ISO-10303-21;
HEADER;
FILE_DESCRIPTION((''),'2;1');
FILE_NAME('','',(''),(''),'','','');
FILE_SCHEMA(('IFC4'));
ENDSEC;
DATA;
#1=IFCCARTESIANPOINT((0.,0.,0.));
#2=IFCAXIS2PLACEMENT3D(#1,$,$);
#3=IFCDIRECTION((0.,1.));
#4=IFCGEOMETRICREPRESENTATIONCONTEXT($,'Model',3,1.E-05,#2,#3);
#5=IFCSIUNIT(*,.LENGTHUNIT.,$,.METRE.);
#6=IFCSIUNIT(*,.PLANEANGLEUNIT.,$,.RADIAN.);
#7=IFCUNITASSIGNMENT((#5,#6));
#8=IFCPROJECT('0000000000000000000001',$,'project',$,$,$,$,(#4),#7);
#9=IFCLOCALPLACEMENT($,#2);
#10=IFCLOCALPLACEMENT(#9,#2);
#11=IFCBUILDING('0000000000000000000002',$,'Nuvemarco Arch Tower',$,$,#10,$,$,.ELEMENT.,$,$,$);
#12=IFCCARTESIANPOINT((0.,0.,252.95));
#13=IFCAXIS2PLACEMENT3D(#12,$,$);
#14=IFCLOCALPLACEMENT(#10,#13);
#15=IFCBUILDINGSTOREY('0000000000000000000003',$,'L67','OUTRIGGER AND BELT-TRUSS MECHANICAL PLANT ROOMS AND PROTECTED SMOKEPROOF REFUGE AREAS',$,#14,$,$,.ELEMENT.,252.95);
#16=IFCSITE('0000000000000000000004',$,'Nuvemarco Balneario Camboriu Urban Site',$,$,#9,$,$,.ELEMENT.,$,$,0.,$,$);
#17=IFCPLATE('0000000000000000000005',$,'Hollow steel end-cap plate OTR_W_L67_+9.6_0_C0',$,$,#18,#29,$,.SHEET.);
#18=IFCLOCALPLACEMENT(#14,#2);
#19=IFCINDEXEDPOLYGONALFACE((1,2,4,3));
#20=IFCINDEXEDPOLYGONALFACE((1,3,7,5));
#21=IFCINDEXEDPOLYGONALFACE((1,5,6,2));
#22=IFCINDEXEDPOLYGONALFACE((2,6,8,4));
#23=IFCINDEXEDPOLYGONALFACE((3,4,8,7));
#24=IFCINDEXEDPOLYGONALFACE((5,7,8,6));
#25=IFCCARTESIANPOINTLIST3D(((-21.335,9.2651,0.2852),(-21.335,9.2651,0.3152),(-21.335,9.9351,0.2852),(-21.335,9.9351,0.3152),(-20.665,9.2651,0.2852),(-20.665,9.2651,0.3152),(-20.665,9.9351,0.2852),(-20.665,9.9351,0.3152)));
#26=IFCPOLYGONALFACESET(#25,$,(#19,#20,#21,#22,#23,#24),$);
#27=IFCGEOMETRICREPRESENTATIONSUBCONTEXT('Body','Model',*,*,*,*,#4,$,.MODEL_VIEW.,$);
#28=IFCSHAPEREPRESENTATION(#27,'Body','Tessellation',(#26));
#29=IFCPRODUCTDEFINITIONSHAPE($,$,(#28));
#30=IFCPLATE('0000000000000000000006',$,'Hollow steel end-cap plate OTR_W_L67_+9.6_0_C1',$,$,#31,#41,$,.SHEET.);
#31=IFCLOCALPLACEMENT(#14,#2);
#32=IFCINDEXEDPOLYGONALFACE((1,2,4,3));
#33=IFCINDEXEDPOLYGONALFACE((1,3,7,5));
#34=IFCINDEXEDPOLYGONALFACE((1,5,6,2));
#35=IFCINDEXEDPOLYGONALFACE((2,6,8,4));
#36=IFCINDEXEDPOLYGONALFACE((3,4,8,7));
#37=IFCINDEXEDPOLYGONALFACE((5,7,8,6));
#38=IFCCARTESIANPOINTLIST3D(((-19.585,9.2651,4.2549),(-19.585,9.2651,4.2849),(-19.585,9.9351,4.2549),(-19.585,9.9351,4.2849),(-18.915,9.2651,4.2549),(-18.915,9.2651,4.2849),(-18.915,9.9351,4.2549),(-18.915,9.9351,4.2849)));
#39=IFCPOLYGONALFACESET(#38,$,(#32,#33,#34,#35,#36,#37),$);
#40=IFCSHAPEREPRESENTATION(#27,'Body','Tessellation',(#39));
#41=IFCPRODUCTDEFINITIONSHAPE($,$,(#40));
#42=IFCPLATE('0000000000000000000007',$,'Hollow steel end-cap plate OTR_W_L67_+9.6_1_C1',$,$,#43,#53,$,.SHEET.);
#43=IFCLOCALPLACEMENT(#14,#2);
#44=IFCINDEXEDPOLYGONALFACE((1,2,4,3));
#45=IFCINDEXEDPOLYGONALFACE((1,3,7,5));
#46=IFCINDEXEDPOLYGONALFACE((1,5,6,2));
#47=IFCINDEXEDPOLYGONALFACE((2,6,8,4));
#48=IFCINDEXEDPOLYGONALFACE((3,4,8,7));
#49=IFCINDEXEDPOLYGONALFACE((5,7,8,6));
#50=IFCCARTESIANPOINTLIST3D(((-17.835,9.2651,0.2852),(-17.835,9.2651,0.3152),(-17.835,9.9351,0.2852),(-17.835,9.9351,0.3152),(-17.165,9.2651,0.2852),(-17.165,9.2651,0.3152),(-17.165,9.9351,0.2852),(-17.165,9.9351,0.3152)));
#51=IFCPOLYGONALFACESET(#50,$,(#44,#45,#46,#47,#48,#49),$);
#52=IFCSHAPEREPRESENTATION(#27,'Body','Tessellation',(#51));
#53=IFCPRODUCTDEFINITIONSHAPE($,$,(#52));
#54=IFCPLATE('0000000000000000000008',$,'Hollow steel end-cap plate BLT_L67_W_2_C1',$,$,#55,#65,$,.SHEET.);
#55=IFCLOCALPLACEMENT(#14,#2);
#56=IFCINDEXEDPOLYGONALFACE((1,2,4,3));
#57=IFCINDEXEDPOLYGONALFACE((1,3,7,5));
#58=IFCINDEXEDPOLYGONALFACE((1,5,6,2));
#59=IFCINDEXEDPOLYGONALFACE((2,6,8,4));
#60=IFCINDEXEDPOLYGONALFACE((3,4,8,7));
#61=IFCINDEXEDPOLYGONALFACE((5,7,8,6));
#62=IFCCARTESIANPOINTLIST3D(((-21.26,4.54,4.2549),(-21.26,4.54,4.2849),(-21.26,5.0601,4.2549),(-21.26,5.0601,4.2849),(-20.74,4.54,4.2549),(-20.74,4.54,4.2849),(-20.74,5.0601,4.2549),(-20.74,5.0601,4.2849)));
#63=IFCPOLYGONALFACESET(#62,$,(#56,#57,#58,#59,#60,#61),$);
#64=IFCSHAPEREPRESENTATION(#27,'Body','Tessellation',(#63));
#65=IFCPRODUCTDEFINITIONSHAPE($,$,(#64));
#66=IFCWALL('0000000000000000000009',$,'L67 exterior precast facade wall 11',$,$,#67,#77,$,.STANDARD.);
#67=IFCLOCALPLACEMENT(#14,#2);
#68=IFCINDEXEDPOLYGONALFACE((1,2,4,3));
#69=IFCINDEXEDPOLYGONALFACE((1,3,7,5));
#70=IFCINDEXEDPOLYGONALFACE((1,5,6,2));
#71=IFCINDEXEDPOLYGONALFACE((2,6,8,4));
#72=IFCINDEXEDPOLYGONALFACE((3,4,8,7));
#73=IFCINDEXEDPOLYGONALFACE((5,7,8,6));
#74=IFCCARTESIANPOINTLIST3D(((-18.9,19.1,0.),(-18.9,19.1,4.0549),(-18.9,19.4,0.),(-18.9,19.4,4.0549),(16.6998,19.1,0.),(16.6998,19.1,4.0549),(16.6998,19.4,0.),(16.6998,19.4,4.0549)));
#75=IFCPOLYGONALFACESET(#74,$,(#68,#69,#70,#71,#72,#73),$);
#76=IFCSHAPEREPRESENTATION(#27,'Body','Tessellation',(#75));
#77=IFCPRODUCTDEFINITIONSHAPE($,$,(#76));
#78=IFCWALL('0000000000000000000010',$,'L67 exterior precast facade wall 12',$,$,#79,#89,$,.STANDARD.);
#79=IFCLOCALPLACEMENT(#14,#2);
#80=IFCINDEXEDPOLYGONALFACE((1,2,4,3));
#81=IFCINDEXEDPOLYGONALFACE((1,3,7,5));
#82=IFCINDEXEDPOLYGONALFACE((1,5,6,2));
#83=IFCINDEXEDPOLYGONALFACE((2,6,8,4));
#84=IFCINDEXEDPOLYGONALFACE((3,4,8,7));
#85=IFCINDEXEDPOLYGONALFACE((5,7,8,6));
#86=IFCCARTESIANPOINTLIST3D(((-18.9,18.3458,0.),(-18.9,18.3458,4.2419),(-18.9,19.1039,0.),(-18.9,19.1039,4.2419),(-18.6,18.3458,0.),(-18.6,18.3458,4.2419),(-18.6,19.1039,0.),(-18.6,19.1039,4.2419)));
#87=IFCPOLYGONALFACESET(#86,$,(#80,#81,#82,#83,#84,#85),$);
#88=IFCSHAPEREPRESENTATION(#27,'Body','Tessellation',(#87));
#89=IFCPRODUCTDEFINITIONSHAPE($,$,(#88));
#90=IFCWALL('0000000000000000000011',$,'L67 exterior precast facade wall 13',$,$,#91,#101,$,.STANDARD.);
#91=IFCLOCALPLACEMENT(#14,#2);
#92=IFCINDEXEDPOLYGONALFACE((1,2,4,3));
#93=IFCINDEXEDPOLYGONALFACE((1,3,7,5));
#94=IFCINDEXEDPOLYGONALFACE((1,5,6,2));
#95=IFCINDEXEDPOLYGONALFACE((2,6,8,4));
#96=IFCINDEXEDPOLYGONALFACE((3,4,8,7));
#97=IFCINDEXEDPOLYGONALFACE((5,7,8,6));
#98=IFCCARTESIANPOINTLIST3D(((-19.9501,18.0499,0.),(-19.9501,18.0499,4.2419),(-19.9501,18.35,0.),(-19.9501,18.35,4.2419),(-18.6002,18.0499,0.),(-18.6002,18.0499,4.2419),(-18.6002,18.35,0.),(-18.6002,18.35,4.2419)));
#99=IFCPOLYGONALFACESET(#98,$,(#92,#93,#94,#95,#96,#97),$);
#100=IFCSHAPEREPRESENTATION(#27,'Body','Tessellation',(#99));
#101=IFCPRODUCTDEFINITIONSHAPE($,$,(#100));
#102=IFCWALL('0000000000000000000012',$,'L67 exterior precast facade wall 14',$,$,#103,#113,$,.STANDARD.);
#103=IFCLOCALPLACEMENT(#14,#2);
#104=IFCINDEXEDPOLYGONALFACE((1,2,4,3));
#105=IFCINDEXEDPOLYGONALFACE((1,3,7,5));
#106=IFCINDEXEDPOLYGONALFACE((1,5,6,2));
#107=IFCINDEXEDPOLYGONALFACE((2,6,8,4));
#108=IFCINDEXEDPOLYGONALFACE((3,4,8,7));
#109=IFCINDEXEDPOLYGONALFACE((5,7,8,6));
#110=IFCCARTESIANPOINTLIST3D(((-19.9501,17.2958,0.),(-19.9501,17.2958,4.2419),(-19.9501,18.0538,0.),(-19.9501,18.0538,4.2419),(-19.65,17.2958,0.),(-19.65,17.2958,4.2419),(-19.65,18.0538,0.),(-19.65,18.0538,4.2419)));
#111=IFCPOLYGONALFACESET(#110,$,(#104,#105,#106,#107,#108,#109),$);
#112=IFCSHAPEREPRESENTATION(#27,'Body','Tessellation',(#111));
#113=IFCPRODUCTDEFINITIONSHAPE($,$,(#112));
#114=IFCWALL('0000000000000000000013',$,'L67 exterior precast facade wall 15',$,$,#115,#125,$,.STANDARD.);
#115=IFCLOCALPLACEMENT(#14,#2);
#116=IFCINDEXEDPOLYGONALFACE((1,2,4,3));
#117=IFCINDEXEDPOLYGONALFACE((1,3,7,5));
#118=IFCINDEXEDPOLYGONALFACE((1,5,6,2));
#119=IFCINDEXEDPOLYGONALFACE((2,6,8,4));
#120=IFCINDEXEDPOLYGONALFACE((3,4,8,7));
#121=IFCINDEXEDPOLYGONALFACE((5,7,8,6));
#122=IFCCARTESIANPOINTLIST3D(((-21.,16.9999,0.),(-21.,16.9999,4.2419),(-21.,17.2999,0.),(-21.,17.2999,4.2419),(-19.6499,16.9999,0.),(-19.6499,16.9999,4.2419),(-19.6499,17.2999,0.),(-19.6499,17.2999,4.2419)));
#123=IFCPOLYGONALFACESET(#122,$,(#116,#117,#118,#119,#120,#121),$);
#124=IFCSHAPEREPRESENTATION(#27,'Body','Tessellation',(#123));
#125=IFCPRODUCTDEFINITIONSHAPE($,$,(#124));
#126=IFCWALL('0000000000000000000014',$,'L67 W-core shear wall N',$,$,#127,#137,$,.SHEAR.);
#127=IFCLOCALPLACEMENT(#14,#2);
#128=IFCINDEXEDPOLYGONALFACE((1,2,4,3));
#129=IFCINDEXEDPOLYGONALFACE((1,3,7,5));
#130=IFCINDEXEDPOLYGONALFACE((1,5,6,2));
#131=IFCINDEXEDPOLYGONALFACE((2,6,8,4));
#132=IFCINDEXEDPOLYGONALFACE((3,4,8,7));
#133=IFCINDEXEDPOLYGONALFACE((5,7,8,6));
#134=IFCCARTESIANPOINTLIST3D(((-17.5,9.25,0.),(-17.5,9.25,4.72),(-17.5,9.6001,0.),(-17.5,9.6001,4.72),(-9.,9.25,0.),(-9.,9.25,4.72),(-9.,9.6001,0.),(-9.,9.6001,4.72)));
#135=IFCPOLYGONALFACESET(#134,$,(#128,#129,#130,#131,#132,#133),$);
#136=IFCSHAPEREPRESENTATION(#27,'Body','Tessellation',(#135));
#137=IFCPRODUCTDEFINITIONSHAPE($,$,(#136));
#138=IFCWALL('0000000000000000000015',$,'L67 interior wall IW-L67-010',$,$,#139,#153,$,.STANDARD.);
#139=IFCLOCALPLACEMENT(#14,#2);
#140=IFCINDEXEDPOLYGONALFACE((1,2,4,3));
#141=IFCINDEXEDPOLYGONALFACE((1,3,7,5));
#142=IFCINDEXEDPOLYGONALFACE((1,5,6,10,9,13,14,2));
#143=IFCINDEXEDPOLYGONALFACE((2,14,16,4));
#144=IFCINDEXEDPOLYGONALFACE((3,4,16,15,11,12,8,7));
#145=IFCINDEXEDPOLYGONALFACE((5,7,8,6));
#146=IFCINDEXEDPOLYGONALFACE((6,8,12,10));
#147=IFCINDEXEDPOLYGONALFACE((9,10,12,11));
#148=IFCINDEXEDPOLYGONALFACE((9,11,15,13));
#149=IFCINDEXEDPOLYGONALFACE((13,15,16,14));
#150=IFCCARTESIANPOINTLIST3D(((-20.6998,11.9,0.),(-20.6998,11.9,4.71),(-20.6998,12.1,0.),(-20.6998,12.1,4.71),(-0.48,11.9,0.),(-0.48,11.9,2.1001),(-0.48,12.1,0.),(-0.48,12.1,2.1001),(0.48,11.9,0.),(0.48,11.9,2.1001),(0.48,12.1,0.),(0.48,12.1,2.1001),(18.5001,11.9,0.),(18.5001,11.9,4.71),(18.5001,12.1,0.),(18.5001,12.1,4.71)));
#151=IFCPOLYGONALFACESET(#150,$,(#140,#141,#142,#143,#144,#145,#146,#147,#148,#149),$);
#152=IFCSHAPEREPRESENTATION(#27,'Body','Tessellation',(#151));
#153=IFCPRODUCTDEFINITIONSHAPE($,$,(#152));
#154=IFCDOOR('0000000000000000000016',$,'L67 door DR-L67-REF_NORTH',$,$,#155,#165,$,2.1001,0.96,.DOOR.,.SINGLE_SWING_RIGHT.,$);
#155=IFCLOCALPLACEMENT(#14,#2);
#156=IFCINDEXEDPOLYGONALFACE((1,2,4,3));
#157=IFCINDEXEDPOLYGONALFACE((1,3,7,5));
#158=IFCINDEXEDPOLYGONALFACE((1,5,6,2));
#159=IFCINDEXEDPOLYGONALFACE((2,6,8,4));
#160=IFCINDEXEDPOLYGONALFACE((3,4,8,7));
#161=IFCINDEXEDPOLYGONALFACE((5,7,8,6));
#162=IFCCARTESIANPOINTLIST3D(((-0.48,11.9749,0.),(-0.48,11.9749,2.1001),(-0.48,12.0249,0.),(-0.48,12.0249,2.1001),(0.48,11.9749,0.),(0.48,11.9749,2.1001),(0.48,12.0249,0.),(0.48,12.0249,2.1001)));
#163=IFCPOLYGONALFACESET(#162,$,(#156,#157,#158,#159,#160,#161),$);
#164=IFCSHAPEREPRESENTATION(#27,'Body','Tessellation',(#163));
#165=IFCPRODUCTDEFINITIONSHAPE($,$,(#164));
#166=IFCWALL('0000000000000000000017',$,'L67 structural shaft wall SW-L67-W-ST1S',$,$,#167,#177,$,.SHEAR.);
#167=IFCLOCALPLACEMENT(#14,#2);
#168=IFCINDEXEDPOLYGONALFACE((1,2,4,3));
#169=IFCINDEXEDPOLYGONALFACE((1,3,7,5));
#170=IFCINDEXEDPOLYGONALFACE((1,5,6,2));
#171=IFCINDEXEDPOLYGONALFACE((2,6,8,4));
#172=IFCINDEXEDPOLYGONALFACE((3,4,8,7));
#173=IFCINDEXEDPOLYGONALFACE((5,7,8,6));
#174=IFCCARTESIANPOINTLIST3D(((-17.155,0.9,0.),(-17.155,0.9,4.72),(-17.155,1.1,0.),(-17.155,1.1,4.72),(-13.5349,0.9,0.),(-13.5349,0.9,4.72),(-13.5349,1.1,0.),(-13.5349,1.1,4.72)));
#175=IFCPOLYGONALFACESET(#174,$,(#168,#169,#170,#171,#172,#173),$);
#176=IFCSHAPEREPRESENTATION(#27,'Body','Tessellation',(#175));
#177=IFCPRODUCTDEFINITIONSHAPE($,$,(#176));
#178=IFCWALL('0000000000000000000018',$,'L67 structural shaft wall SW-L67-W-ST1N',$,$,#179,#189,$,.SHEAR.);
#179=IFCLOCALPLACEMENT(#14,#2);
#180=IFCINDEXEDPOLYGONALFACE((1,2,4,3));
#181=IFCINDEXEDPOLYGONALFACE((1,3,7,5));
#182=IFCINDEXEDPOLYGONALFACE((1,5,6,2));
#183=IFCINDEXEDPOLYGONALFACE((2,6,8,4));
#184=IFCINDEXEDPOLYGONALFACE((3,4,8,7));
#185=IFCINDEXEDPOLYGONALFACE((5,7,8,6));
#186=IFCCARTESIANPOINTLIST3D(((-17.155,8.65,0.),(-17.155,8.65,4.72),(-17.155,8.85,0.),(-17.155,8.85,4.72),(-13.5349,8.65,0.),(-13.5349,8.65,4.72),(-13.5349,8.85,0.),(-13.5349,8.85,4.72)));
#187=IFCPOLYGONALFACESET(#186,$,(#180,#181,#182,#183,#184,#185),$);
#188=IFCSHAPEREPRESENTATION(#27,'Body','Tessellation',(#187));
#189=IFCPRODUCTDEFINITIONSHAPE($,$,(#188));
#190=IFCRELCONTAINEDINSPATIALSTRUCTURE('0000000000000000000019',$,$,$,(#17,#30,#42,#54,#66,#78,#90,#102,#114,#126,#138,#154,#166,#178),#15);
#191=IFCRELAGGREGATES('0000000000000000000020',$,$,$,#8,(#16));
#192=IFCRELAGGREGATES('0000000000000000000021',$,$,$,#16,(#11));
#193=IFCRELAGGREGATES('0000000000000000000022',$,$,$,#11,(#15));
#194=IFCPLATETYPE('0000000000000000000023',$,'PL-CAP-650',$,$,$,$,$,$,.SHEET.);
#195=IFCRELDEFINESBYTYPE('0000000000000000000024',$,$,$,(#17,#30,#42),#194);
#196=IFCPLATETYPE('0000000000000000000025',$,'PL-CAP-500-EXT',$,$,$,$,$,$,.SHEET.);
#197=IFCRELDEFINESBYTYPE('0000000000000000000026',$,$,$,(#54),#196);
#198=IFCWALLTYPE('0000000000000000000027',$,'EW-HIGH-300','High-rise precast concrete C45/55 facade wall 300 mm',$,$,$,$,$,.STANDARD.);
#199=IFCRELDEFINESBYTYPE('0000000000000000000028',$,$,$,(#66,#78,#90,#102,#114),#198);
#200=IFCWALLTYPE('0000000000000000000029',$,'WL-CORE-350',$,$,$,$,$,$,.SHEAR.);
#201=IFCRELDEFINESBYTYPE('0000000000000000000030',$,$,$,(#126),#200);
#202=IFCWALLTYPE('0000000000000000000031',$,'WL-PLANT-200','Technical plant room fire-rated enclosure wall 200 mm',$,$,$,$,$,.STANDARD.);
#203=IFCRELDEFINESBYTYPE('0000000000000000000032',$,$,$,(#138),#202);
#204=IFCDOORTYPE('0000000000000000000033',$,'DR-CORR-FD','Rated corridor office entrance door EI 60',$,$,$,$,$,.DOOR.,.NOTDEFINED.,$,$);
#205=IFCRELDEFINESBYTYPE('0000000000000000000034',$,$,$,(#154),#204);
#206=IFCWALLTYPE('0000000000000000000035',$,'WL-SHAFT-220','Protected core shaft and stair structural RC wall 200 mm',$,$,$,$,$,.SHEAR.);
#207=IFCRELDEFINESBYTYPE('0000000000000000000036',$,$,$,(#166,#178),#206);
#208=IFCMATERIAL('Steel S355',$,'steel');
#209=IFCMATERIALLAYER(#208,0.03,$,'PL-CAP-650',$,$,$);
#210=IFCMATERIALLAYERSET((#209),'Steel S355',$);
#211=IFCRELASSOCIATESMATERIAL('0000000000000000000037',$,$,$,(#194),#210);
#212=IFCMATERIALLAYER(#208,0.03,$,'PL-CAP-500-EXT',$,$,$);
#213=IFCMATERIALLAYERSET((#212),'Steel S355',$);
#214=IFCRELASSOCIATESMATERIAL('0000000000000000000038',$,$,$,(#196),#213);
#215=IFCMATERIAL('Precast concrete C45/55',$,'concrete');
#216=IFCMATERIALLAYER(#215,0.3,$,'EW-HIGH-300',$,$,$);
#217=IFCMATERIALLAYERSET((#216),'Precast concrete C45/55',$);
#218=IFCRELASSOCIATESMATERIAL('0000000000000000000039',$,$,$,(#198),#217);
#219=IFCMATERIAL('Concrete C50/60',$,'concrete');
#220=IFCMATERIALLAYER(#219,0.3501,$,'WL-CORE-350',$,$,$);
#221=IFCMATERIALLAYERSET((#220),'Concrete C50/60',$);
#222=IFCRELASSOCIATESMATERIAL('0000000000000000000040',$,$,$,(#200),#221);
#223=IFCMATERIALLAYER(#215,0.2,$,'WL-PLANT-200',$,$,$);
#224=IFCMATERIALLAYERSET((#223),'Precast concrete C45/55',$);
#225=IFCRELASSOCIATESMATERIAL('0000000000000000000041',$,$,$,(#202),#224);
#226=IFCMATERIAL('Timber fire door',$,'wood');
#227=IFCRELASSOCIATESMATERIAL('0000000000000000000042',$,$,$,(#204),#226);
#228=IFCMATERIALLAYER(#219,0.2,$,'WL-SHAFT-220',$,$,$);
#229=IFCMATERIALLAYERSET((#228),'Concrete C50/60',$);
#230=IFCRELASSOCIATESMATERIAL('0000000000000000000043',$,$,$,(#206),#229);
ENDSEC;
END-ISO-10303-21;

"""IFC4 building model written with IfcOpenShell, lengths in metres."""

from ifc_helpers import new_model, si_unit, direction, frame, frame_2d, origin, origin_2d, place, context, subcontext, project, spatial, rectangle, extrude, source, transform, mapped, material, layer, layer_set, type_object, type_shapes, element, fill, save


model = new_model("IFC4")

# Units and contexts
model_context = context("Model", 3, precision=1e-05, world=origin(), true_north=direction((0.0, 1.0)))
body_context = subcontext(model_context, "Body", "Model", "MODEL_VIEW")
ifc_project = project(units=[si_unit("LENGTHUNIT", "METRE"), si_unit("PLANEANGLEUNIT", "RADIAN")], contexts=[model_context])

# Site, building, storey
site_placement = place(None, origin())
site = spatial("IfcSite", under=ifc_project, at=site_placement, Name="Nuvemarco Balneario Camboriu Urban Site", CompositionType="ELEMENT", RefElevation=0.0)
building_placement = place(site_placement, origin())
building = spatial("IfcBuilding", under=site, at=building_placement, Name="Nuvemarco Arch Tower", CompositionType="ELEMENT")
storey_placement = place(building_placement, frame((0.0, 0.0, 252.95)))
storey = spatial("IfcBuildingStorey", under=building, at=storey_placement, Name="L67", Description="OUTRIGGER AND BELT-TRUSS MECHANICAL PLANT ROOMS AND PROTECTED SMOKEPROOF REFUGE AREAS", CompositionType="ELEMENT", Elevation=252.95)

# Shared definitions
ifc_material_1 = material(Name="Concrete C50/60", Category="concrete")
ifc_material_2 = material(Name="Steel S355", Category="steel")

# Shared definitions
ifc_material_3 = material(Name="Precast concrete C45/55", Category="concrete")

# Plates
ifc_layer_1 = layer(ifc_material_2, 0.03, Name="PL-CAP-650")
ifc_layer_set_1 = layer_set([ifc_layer_1], Name="Steel S355")
plate_type_1 = type_object("IfcPlateType", Name="PL-CAP-650", PredefinedType="SHEET", material=ifc_layer_set_1)
shared_shape_1 = source(origin(), body_context, "Body", "SweptSolid", [
    extrude(rectangle(XDim=0.6699, YDim=0.6699, at=origin_2d()), origin(), (0.0, 0.0, 1.0), 0.03),
])
type_shapes(plate_type_1, [shared_shape_1])
for number, where, z_axis, x_axis, name in (
    (1, (-21.0, 9.6001, 0.2852), (0.0, 0.0, 1.0), (1.0, 0.0, 0.0), "Hollow steel end-cap plate OTR_W_L67_+9.6_0_C0"),
    (2, (-19.25, 9.6001, 4.2549), (0.0, 0.0, 1.0), (1.0, 0.0, 0.0), "Hollow steel end-cap plate OTR_W_L67_+9.6_0_C1"),
    (3, (-17.5, 9.6001, 0.2852), (0.0, 0.0, 1.0), (1.0, 0.0, 0.0), "Hollow steel end-cap plate OTR_W_L67_+9.6_1_C1"),
):
    element("IfcPlate", number, at=place(storey_placement, frame(where, z_axis=z_axis, x_axis=x_axis)), inside=storey, type_object=plate_type_1, Name=name, PredefinedType="SHEET", context=body_context, shape_type="MappedRepresentation", body=[
        mapped(shared_shape_1, transform((0.0, 0.0, 0.0), scale=1.0)),
    ])
ifc_layer_2 = layer(ifc_material_2, 0.03, Name="PL-CAP-500-EXT")
ifc_layer_set_2 = layer_set([ifc_layer_2], Name="Steel S355")
plate_type_2 = type_object("IfcPlateType", Name="PL-CAP-500-EXT", PredefinedType="SHEET", material=ifc_layer_set_2)
shared_shape_2 = source(origin(), body_context, "Body", "SweptSolid", [
    extrude(rectangle(XDim=0.52, YDim=0.52, at=origin_2d()), origin(), (0.0, 0.0, 1.0), 0.03),
])
type_shapes(plate_type_2, [shared_shape_2])
plate_placement = place(storey_placement, frame((-21.0, 4.8, 4.2549), z_axis=(0.0, 0.0, 1.0), x_axis=(1.0, 0.0, 0.0)))
element("IfcPlate", 4, at=plate_placement, inside=storey, type_object=plate_type_2, Name="Hollow steel end-cap plate BLT_L67_W_2_C1", PredefinedType="SHEET", context=body_context, shape_type="MappedRepresentation", body=[
    mapped(shared_shape_2, transform((0.0, 0.0, 0.0), scale=1.0)),
])

# Walls
ifc_layer_3 = layer(ifc_material_3, 0.3, Name="EW-HIGH-300")
ifc_layer_set_3 = layer_set([ifc_layer_3], Name="Precast concrete C45/55")
wall_type_1 = type_object("IfcWallType", Name="EW-HIGH-300", Description="High-rise precast concrete C45/55 facade wall 300 mm", PredefinedType="STANDARD", material=ifc_layer_set_3)
wall_1_placement = place(storey_placement, frame((-18.8999, 19.25, 0.0), z_axis=(0.0, 0.0, 1.0), x_axis=(1.0, 0.0, 0.0)))
element("IfcWall", 5, at=wall_1_placement, inside=storey, type_object=wall_type_1, Name="L67 exterior precast facade wall 11", PredefinedType="STANDARD", context=body_context, shape_type="SweptSolid", body=[
    extrude(rectangle(XDim=35.5999, YDim=0.3, at=frame_2d((17.7998, 0.0))), origin(), (0.0, 0.0, 1.0), 4.0549),
])
wall_2_placement = place(storey_placement, frame((-18.75, 18.3459, 0.0), z_axis=(0.0, 0.0, 1.0), x_axis=(0.0, 1.0, 0.0)))
element("IfcWall", 6, at=wall_2_placement, inside=storey, type_object=wall_type_1, Name="L67 exterior precast facade wall 12", PredefinedType="STANDARD", context=body_context, shape_type="SweptSolid", body=[
    extrude(rectangle(XDim=0.7581, YDim=0.3, at=frame_2d((0.3789, 0.0))), origin(), (0.0, 0.0, 1.0), 4.2419),
])
wall_3_placement = place(storey_placement, frame((-19.95, 18.2, 0.0), z_axis=(0.0, 0.0, 1.0), x_axis=(1.0, 0.0, 0.0)))
element("IfcWall", 7, at=wall_3_placement, inside=storey, type_object=wall_type_1, Name="L67 exterior precast facade wall 13", PredefinedType="STANDARD", context=body_context, shape_type="SweptSolid", body=[
    extrude(rectangle(XDim=1.3499, YDim=0.3, at=frame_2d((0.6748, 0.0))), origin(), (0.0, 0.0, 1.0), 4.2419),
])
wall_4_placement = place(storey_placement, frame((-19.8, 17.2959, 0.0), z_axis=(0.0, 0.0, 1.0), x_axis=(0.0, 1.0, 0.0)))
element("IfcWall", 8, at=wall_4_placement, inside=storey, type_object=wall_type_1, Name="L67 exterior precast facade wall 14", PredefinedType="STANDARD", context=body_context, shape_type="SweptSolid", body=[
    extrude(rectangle(XDim=0.7581, YDim=0.3, at=frame_2d((0.3789, 0.0))), origin(), (0.0, 0.0, 1.0), 4.2419),
])
wall_5_placement = place(storey_placement, frame((-21.0, 17.1499, 0.0), z_axis=(0.0, 0.0, 1.0), x_axis=(1.0, 0.0, 0.0)))
element("IfcWall", 9, at=wall_5_placement, inside=storey, type_object=wall_type_1, Name="L67 exterior precast facade wall 15", PredefinedType="STANDARD", context=body_context, shape_type="SweptSolid", body=[
    extrude(rectangle(XDim=1.3501, YDim=0.3, at=frame_2d((0.675, 0.0))), origin(), (0.0, 0.0, 1.0), 4.2419),
])
ifc_layer_4 = layer(ifc_material_1, 0.3501, Name="WL-CORE-350")
ifc_layer_set_4 = layer_set([ifc_layer_4], Name="Concrete C50/60")
wall_type_2 = type_object("IfcWallType", Name="WL-CORE-350", PredefinedType="SHEAR", material=ifc_layer_set_4)
wall_6_placement = place(storey_placement, frame((-17.5, 9.425, 0.0), z_axis=(0.0, 0.0, 1.0), x_axis=(1.0, 0.0, 0.0)))
element("IfcWall", 10, at=wall_6_placement, inside=storey, type_object=wall_type_2, Name="L67 W-core shear wall N", PredefinedType="SHEAR", context=body_context, shape_type="SweptSolid", body=[
    extrude(rectangle(XDim=8.5, YDim=0.3501, at=frame_2d((4.25, 0.0))), origin(), (0.0, 0.0, 1.0), 4.72),
])

# Wall, opening, door
ifc_layer_5 = layer(ifc_material_3, 0.2, Name="WL-PLANT-200")
ifc_layer_set_5 = layer_set([ifc_layer_5], Name="Precast concrete C45/55")
wall_type_3 = type_object("IfcWallType", Name="WL-PLANT-200", Description="Technical plant room fire-rated enclosure wall 200 mm", PredefinedType="STANDARD", material=ifc_layer_set_5)
wall_7_placement = place(storey_placement, frame((-20.7, 12.0, 0.0), z_axis=(0.0, 0.0, 1.0), x_axis=(1.0, 0.0, 0.0)))
wall_7 = element("IfcWall", 11, at=wall_7_placement, inside=storey, type_object=wall_type_3, Name="L67 interior wall IW-L67-010", PredefinedType="STANDARD", context=body_context, shape_type="SweptSolid", body=[
    extrude(rectangle(XDim=39.2, YDim=0.2, at=frame_2d((19.6001, 0.0))), origin(), (0.0, 0.0, 1.0), 4.71),
])
opening_placement = place(wall_7_placement, frame((20.22, 0.0, 0.0)))
opening = element("IfcOpeningElement", 12, at=opening_placement, cuts=wall_7, PredefinedType="OPENING", context=body_context, shape_type="SweptSolid", body=[
    extrude(rectangle(XDim=0.96, YDim=2.1001, at=frame_2d((0.48, 1.05))), frame((0.0, 0.1099, 0.0), z_axis=(0.0, -1.0, 0.0), x_axis=(1.0, 0.0, 0.0)), (0.0, 0.0, 1.0), 0.22),
])
ifc_material_4 = material(Name="Timber fire door", Category="wood")
door_type = type_object("IfcDoorType", Name="DR-CORR-FD", Description="Rated corridor office entrance door EI 60", OperationType="NOTDEFINED", PredefinedType="DOOR", material=ifc_material_4)
shared_shape_3 = source(origin(), body_context, "Body", "SweptSolid", [
    extrude(rectangle(XDim=0.96, YDim=2.1001, at=frame_2d((0.48, 1.05))), frame((0.0, 0.0249, 0.0), z_axis=(0.0, -1.0, 0.0), x_axis=(1.0, 0.0, 0.0)), (0.0, 0.0, 1.0), 0.05),
])
type_shapes(door_type, [shared_shape_3])
door_placement = place(opening_placement, origin())
door = element("IfcDoor", 13, at=door_placement, inside=storey, type_object=door_type, Name="L67 door DR-L67-REF_NORTH", OperationType="SINGLE_SWING_RIGHT", OverallHeight=2.1001, OverallWidth=0.96, PredefinedType="DOOR", context=body_context, shape_type="MappedRepresentation", body=[
    mapped(shared_shape_3, transform((0.0, 0.0, 0.0), scale=1.0)),
])
fill(opening, door)

# Walls
ifc_layer_6 = layer(ifc_material_1, 0.2, Name="WL-SHAFT-220")
ifc_layer_set_6 = layer_set([ifc_layer_6], Name="Concrete C50/60")
wall_type_4 = type_object("IfcWallType", Name="WL-SHAFT-220", Description="Protected core shaft and stair structural RC wall 200 mm", PredefinedType="SHEAR", material=ifc_layer_set_6)
for number, where, z_axis, x_axis, name in (
    (14, (-17.155, 1.0, 0.0), (0.0, 0.0, 1.0), (1.0, 0.0, 0.0), "L67 structural shaft wall SW-L67-W-ST1S"),
    (15, (-17.155, 8.75, 0.0), (0.0, 0.0, 1.0), (1.0, 0.0, 0.0), "L67 structural shaft wall SW-L67-W-ST1N"),
):
    element("IfcWall", number, at=place(storey_placement, frame(where, z_axis=z_axis, x_axis=x_axis)), inside=storey, type_object=wall_type_4, Name=name, PredefinedType="SHEAR", context=body_context, shape_type="SweptSolid", body=[
        extrude(rectangle(XDim=3.6201, YDim=0.2, at=frame_2d((1.8101, 0.0))), origin(), (0.0, 0.0, 1.0), 4.72),
    ])

save(model, "model.ifc")
